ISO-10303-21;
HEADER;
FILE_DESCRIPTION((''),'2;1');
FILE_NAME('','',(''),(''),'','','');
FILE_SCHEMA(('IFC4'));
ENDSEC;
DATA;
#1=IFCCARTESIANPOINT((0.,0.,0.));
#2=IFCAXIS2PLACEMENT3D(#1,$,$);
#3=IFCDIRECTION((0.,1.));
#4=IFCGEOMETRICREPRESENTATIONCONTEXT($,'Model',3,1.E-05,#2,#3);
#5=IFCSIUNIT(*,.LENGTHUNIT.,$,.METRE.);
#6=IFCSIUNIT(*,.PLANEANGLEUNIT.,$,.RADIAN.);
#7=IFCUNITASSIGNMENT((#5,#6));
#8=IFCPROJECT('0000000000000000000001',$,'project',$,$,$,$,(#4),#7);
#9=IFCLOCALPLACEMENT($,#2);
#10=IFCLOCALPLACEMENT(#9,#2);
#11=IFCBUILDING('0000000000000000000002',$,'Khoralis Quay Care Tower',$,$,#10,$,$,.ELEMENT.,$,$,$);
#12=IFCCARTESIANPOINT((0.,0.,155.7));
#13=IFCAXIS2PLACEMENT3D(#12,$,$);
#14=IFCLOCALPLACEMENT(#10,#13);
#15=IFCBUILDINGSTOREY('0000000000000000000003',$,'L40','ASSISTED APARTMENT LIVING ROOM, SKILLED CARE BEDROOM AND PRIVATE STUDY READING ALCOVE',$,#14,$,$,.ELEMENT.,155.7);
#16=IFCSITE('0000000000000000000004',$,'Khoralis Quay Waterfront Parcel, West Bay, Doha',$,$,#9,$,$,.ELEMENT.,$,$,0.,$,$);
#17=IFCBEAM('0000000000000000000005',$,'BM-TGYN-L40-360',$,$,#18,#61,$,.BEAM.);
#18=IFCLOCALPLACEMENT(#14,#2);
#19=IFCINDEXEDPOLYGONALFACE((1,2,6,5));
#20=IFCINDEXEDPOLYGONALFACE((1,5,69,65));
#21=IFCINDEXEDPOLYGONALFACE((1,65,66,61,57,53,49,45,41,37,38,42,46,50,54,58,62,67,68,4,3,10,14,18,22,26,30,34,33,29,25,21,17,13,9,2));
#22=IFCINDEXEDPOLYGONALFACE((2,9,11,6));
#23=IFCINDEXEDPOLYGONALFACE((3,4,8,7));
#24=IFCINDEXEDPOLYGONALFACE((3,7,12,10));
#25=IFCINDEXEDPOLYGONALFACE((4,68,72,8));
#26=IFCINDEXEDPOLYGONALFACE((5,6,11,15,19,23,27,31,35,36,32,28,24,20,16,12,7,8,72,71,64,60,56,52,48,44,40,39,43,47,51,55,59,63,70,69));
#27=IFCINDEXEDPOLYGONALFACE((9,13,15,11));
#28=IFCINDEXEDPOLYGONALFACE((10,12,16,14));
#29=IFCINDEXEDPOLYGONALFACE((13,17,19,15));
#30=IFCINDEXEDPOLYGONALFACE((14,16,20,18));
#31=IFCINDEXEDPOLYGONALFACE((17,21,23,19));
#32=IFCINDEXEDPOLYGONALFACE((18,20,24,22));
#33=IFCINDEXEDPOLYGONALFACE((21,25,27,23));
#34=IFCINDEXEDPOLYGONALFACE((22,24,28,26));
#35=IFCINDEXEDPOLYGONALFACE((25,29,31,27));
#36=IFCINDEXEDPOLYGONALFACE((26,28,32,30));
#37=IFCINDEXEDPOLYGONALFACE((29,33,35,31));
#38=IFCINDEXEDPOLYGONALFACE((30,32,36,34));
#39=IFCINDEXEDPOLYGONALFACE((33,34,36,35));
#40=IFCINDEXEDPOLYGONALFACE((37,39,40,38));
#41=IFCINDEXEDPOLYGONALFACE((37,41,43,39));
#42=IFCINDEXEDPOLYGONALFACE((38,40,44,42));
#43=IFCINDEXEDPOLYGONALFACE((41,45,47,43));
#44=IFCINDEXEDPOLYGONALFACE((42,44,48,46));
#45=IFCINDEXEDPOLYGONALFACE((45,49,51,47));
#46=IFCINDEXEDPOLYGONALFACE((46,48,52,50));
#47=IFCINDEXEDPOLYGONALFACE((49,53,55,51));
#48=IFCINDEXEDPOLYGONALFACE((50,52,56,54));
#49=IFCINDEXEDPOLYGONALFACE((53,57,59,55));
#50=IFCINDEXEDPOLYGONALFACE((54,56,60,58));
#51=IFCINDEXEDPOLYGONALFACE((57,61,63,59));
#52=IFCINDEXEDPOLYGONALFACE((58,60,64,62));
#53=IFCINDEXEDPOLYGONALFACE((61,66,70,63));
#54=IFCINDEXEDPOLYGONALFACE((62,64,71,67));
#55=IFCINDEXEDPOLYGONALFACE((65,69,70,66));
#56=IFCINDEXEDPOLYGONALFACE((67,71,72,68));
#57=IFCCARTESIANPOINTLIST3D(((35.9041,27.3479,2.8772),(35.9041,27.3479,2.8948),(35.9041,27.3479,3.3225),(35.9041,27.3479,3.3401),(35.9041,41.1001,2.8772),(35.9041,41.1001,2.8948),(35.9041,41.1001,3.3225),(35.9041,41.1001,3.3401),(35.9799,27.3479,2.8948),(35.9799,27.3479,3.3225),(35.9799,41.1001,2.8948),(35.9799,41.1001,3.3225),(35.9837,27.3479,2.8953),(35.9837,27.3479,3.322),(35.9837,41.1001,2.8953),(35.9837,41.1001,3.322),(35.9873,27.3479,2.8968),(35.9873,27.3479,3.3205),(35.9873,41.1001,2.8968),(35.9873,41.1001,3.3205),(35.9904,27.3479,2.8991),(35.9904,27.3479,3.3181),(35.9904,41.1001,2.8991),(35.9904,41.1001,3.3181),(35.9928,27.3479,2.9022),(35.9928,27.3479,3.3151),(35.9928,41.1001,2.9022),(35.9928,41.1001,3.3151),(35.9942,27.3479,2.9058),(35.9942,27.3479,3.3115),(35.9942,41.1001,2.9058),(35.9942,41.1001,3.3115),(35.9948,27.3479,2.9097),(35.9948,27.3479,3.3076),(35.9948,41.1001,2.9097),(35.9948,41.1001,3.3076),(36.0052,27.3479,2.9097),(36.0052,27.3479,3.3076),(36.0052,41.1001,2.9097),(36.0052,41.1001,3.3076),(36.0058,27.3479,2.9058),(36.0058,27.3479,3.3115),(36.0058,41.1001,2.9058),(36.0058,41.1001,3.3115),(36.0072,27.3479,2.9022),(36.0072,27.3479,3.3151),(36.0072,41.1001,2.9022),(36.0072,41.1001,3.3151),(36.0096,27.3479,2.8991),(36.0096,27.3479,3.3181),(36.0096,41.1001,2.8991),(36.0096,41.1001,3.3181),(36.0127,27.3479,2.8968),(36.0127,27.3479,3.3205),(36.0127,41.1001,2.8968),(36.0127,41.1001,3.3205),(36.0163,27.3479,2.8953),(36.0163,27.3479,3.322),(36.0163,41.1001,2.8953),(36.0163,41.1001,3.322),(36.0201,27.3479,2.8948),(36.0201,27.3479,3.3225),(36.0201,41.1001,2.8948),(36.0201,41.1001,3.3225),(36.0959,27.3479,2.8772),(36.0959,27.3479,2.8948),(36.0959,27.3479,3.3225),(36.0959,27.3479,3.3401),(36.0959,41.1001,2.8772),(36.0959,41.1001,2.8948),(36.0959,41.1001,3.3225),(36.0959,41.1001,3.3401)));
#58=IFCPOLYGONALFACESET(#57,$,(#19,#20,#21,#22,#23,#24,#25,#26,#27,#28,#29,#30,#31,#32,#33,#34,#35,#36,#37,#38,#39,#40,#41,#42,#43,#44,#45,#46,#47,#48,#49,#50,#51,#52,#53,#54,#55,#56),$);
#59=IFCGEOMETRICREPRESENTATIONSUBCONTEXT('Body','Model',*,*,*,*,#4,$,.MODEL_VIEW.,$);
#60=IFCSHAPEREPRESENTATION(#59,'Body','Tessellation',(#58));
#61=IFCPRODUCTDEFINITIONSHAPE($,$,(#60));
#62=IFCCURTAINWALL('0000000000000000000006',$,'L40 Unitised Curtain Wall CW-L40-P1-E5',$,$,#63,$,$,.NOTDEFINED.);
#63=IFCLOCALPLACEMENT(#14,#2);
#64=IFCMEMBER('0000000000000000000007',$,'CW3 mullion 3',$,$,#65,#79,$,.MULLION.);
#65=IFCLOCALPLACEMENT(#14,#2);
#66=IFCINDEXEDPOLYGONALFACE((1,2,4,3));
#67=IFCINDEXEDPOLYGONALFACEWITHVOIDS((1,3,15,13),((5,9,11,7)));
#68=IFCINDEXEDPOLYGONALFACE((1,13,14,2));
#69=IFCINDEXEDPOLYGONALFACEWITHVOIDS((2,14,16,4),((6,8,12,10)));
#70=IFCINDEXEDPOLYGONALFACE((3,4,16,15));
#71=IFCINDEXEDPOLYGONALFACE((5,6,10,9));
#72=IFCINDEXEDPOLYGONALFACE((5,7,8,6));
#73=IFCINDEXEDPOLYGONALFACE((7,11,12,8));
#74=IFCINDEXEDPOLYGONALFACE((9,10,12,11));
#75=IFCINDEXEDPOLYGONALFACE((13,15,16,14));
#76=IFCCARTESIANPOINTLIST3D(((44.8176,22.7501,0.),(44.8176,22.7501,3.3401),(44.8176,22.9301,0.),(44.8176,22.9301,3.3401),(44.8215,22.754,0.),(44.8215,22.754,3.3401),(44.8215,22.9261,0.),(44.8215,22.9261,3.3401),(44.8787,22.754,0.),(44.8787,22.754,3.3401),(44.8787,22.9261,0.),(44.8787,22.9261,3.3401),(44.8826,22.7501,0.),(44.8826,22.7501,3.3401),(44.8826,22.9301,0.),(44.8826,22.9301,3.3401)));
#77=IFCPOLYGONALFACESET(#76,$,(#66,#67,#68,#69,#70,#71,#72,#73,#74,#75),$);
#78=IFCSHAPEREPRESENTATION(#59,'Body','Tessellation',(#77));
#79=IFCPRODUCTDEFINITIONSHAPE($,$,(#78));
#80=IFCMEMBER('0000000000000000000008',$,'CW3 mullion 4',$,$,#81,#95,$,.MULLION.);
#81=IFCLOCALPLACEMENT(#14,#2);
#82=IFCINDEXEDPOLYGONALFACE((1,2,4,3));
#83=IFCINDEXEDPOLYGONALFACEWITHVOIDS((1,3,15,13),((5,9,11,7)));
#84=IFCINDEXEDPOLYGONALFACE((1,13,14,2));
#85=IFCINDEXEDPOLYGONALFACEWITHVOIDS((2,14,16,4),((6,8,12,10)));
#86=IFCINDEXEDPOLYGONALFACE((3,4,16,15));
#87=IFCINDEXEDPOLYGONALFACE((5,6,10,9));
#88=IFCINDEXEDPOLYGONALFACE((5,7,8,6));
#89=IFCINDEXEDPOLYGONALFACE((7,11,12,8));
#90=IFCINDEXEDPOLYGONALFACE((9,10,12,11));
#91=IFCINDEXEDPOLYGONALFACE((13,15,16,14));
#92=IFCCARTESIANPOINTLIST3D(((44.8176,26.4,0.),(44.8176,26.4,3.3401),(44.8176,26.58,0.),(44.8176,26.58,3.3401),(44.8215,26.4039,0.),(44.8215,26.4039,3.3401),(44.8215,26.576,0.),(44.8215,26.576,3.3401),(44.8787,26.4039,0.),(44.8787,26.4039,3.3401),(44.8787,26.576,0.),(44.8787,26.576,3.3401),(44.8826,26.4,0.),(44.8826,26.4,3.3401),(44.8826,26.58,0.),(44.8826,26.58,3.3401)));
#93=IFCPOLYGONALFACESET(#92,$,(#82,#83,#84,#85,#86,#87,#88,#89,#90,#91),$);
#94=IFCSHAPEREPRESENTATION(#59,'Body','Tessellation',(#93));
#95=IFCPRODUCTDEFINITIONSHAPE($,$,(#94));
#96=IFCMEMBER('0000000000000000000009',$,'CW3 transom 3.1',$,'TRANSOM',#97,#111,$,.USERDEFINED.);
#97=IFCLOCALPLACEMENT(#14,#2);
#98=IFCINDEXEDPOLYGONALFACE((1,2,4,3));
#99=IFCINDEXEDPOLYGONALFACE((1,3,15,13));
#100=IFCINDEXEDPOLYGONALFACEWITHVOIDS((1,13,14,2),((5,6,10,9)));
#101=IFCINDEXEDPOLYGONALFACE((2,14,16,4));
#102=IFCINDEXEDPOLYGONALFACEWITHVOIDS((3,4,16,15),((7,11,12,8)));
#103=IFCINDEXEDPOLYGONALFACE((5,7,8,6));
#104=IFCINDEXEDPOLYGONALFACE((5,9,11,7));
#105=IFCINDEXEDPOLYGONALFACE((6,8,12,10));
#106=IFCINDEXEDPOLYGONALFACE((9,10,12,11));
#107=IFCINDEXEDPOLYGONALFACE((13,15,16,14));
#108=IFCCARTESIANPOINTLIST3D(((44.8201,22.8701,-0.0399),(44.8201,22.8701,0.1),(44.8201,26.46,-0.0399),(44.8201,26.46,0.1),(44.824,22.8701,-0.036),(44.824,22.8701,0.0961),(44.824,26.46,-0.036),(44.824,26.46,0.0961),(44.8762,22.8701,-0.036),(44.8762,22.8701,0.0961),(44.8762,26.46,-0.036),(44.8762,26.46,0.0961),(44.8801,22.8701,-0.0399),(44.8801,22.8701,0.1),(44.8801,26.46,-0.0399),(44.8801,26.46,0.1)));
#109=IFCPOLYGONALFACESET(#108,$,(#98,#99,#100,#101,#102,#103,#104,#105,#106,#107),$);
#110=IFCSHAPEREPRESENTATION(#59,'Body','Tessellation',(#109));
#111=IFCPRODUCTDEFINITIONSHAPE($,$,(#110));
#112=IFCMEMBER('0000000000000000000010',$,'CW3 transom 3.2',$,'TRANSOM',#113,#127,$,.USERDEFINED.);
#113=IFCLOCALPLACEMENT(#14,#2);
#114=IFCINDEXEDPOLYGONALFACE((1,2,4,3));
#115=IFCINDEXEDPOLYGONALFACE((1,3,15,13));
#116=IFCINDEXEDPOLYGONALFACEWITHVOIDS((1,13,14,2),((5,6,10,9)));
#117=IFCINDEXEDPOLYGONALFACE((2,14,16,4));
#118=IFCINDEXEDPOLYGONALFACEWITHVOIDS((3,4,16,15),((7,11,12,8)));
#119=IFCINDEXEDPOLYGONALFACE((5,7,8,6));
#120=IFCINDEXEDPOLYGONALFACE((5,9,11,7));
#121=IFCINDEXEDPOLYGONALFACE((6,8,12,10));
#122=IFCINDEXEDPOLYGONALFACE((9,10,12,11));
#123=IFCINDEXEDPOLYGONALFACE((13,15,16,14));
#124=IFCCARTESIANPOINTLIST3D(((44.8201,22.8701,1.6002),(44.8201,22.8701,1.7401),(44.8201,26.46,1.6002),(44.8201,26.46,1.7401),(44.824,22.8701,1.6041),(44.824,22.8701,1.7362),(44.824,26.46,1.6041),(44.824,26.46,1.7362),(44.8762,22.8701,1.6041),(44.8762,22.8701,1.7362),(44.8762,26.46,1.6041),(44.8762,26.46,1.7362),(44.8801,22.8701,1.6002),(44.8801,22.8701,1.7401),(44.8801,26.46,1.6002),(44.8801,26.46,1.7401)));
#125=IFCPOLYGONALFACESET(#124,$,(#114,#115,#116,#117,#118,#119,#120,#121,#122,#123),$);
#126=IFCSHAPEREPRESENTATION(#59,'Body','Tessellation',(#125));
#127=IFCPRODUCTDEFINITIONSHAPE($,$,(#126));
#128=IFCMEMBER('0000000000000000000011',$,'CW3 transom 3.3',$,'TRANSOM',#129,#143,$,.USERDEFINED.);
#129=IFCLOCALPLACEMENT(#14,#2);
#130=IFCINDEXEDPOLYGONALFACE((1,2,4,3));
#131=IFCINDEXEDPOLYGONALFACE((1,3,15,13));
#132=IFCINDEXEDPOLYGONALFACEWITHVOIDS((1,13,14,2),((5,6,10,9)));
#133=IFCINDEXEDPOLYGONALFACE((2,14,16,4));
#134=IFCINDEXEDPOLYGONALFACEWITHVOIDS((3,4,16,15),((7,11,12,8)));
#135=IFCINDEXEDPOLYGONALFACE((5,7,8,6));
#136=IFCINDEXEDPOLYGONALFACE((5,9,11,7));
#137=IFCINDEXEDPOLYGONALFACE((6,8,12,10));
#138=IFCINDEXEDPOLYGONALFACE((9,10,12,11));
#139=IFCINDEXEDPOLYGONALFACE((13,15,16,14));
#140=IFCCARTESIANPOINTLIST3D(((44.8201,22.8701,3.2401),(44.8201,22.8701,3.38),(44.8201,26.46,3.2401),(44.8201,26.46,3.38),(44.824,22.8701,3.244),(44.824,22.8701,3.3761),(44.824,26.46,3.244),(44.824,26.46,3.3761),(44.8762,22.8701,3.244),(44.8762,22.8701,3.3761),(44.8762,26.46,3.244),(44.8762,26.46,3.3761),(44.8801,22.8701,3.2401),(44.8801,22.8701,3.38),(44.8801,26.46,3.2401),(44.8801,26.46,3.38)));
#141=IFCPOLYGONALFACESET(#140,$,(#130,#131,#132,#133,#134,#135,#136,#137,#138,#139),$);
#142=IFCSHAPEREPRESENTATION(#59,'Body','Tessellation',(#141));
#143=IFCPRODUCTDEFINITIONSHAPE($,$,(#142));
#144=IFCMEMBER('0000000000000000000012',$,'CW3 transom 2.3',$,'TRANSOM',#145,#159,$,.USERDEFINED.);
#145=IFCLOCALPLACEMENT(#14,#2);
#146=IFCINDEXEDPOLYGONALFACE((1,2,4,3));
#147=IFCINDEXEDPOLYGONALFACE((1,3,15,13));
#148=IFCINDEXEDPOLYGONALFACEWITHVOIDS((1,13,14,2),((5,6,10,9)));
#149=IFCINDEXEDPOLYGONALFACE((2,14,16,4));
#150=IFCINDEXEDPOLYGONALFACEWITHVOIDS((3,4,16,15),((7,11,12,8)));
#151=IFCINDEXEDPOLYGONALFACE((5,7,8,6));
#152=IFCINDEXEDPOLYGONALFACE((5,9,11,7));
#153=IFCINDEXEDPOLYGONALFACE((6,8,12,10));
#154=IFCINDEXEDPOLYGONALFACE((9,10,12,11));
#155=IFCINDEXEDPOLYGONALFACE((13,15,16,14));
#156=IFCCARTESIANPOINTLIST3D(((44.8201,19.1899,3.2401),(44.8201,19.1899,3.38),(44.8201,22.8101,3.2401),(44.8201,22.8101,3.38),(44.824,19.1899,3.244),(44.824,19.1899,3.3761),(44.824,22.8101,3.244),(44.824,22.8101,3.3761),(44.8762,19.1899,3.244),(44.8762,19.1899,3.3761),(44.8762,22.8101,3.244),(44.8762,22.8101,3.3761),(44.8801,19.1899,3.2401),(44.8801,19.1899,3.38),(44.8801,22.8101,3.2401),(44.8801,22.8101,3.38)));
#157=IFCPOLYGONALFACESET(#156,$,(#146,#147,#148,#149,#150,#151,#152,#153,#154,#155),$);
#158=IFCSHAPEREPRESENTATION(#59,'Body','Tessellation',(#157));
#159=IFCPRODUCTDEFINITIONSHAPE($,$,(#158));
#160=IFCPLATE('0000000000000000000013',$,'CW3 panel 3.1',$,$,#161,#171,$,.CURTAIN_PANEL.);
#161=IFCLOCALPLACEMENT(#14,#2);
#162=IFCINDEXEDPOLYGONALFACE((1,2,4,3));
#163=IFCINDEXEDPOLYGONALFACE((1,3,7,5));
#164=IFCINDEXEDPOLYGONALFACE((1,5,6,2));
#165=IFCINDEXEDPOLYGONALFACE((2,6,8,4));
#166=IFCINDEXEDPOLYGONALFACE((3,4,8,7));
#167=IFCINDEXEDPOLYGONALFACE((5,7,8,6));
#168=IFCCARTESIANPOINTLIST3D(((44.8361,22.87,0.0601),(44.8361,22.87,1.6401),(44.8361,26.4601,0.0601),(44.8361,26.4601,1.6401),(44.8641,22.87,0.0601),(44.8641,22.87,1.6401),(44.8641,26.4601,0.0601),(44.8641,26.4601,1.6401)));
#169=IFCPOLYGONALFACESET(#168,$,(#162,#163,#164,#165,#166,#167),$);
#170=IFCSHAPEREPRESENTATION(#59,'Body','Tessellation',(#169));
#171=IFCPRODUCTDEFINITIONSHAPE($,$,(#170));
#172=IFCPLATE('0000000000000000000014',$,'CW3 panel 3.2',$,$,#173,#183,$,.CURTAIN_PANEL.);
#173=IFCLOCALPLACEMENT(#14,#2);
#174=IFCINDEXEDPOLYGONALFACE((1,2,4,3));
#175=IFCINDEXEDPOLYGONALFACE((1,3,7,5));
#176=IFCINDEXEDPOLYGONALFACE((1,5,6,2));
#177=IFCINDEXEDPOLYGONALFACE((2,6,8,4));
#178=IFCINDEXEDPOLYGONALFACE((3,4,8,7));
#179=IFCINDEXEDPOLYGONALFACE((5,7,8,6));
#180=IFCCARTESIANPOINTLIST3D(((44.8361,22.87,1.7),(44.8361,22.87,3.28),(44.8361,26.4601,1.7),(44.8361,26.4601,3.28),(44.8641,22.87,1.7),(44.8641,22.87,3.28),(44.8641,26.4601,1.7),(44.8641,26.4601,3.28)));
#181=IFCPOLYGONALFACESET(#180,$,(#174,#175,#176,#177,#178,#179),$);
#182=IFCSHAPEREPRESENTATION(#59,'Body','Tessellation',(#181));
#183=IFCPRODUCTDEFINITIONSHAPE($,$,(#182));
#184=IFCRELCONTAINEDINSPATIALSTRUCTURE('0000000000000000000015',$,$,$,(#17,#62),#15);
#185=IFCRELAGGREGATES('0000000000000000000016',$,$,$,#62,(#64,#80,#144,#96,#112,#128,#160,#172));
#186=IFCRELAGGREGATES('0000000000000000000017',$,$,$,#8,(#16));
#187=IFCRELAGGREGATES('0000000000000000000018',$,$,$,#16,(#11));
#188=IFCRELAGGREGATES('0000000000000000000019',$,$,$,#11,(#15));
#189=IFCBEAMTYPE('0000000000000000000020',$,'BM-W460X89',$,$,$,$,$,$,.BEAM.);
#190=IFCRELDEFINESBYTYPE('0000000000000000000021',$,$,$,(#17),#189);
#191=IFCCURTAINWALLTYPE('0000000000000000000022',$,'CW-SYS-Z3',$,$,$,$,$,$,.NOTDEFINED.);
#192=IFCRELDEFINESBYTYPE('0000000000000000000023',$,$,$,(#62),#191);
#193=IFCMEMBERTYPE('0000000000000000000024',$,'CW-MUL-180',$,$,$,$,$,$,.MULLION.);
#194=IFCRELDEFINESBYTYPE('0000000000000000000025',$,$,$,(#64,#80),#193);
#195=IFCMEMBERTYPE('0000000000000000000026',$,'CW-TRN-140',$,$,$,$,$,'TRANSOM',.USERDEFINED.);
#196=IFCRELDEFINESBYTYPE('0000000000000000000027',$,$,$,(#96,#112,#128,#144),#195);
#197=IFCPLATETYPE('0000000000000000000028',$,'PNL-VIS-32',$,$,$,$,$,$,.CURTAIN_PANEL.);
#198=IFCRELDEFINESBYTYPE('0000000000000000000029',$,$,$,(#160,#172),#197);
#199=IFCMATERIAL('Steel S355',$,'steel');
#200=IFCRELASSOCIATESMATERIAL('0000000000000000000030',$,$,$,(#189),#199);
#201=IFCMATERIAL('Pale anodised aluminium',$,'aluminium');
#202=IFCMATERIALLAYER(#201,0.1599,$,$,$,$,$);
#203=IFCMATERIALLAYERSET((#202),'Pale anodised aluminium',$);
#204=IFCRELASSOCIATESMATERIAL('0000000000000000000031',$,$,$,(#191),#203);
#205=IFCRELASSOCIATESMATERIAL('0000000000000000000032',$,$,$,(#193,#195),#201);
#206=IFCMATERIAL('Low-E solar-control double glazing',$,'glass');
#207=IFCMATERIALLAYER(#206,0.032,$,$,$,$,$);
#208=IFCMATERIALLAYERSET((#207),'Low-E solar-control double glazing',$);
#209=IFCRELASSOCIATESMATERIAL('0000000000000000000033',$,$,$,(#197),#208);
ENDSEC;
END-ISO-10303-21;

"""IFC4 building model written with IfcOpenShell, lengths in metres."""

from ifc_helpers import new_model, si_unit, direction, frame, origin, origin_2d, place, context, subcontext, project, spatial, rectangle, hollow_rectangle, i_section, extrude, source, transform, mapped, material, layer, layer_set, material_profile, profile_set, type_object, element, aggregate, save


model = new_model("IFC4")

# Units and contexts
model_context = context("Model", 3, precision=1e-05, world=origin(), true_north=direction((0.0, 1.0)))
body_context = subcontext(model_context, "Body", "Model", "MODEL_VIEW")
ifc_project = project(units=[si_unit("LENGTHUNIT", "METRE"), si_unit("PLANEANGLEUNIT", "RADIAN")], contexts=[model_context])

# Site, building, storey
site_placement = place(None, origin())
site = spatial("IfcSite", under=ifc_project, at=site_placement, Name="Khoralis Quay Waterfront Parcel, West Bay, Doha", CompositionType="ELEMENT", RefElevation=0.0)
building_placement = place(site_placement, origin())
building = spatial("IfcBuilding", under=site, at=building_placement, Name="Khoralis Quay Care Tower", CompositionType="ELEMENT")
storey_placement = place(building_placement, frame((0.0, 0.0, 155.7)))
storey = spatial("IfcBuildingStorey", under=building, at=storey_placement, Name="L40", Description="ASSISTED APARTMENT LIVING ROOM, SKILLED CARE BEDROOM AND PRIVATE STUDY READING ALCOVE", CompositionType="ELEMENT", Elevation=155.7)

# Beam
ifc_material_1 = material(Name="Steel S355", Category="steel")
ifc_material_profile_1 = material_profile(ifc_material_1, i_section(OverallWidth=0.1919, OverallDepth=0.4629, WebThickness=0.0105, FlangeThickness=0.0176, FilletRadius=0.0149, at=origin_2d()), Name="Steel S355")
ifc_profile_set_1 = profile_set([ifc_material_profile_1], Name="Steel S355")
beam_type_1 = type_object("IfcBeamType", Name="BM-W460X89", PredefinedType="BEAM", material=ifc_profile_set_1)
shared_shape_1 = source(origin(), body_context, "Body", "SweptSolid", [
    extrude(i_section(OverallWidth=0.1919, OverallDepth=0.4629, WebThickness=0.0105, FlangeThickness=0.0176, FilletRadius=0.0149, at=origin_2d()), origin(), (0.0, 0.0, 1.0), 13.7522),
])
beam_1_placement = place(storey_placement, frame((36.0, 27.3479, 3.1086), z_axis=(0.0, 1.0, 0.0), x_axis=(-1.0, 0.0, 0.0)))
element("IfcBeam", 1, at=beam_1_placement, inside=storey, type_object=beam_type_1, Name="BM-TGYN-L40-360", PredefinedType="BEAM", context=body_context, shape_type="MappedRepresentation", body=[
    mapped(shared_shape_1, transform((0.0, 0.0, 0.0), scale=1.0)),
])

# Curtain wall, members, plates
ifc_material_2 = material(Name="Pale anodised aluminium", Category="aluminium")
ifc_layer_1 = layer(ifc_material_2, 0.1599)
ifc_layer_set_1 = layer_set([ifc_layer_1], Name="Pale anodised aluminium")
curtain_wall_type = type_object("IfcCurtainWallType", Name="CW-SYS-Z3", PredefinedType="NOTDEFINED", material=ifc_layer_set_1)
curtain_wall_placement = place(storey_placement, origin())
curtain_wall = element("IfcCurtainWall", 2, at=curtain_wall_placement, inside=storey, type_object=curtain_wall_type, Name="L40 Unitised Curtain Wall CW-L40-P1-E5", PredefinedType="NOTDEFINED")
ifc_material_profile_2 = material_profile(ifc_material_2, hollow_rectangle(XDim=0.0649, YDim=0.1799, WallThickness=0.0039, at=origin_2d()), Name="Pale anodised aluminium")
ifc_profile_set_2 = profile_set([ifc_material_profile_2], Name="Pale anodised aluminium")
member_type_1 = type_object("IfcMemberType", Name="CW-MUL-180", PredefinedType="MULLION", material=ifc_profile_set_2)
shared_shape_2 = source(origin(), body_context, "Body", "SweptSolid", [
    extrude(hollow_rectangle(XDim=0.0649, YDim=0.1799, WallThickness=0.0039, at=origin_2d()), origin(), (0.0, 0.0, 1.0), 3.3401),
])
member_1_placement = place(storey_placement, frame((44.8501, 22.8401, 0.0), z_axis=(0.0, 0.0, 1.0), x_axis=(-1.0, 0.0, 0.0)))
member_1 = element("IfcMember", 3, at=member_1_placement, type_object=member_type_1, Name="CW3 mullion 3", PredefinedType="MULLION", context=body_context, shape_type="MappedRepresentation", body=[
    mapped(shared_shape_2, transform((0.0, 0.0, 0.0), scale=1.0)),
])
member_2_placement = place(storey_placement, frame((44.8501, 26.49, 0.0), z_axis=(0.0, 0.0, 1.0), x_axis=(-1.0, 0.0, 0.0)))
member_2 = element("IfcMember", 4, at=member_2_placement, type_object=member_type_1, Name="CW3 mullion 4", PredefinedType="MULLION", context=body_context, shape_type="MappedRepresentation", body=[
    mapped(shared_shape_2, transform((0.0, 0.0, 0.0), scale=1.0)),
])
ifc_material_profile_3 = material_profile(ifc_material_2, hollow_rectangle(XDim=0.0601, YDim=0.1399, WallThickness=0.0039, at=origin_2d()), Name="Pale anodised aluminium")
ifc_profile_set_3 = profile_set([ifc_material_profile_3], Name="Pale anodised aluminium")
member_type_2 = type_object("IfcMemberType", Name="CW-TRN-140", ElementType="TRANSOM", PredefinedType="USERDEFINED", material=ifc_profile_set_3)
shared_shape_3 = source(origin(), body_context, "Body", "SweptSolid", [
    extrude(hollow_rectangle(XDim=0.0601, YDim=0.1399, WallThickness=0.0039, at=origin_2d()), origin(), (0.0, 0.0, 1.0), 3.5898),
])
member_3_placement = place(storey_placement, frame((44.8501, 22.8701, 0.03), z_axis=(0.0, 1.0, 0.0), x_axis=(-1.0, 0.0, 0.0)))
member_3 = element("IfcMember", 5, at=member_3_placement, type_object=member_type_2, Name="CW3 transom 3.1", ObjectType="TRANSOM", PredefinedType="USERDEFINED", context=body_context, shape_type="MappedRepresentation", body=[
    mapped(shared_shape_3, transform((0.0, 0.0, 0.0), scale=1.0)),
])
member_4_placement = place(storey_placement, frame((44.8501, 22.8701, 1.6702), z_axis=(0.0, 1.0, 0.0), x_axis=(-1.0, 0.0, 0.0)))
member_4 = element("IfcMember", 6, at=member_4_placement, type_object=member_type_2, Name="CW3 transom 3.2", ObjectType="TRANSOM", PredefinedType="USERDEFINED", context=body_context, shape_type="MappedRepresentation", body=[
    mapped(shared_shape_3, transform((0.0, 0.0, 0.0), scale=1.0)),
])
member_5_placement = place(storey_placement, frame((44.8501, 22.8701, 3.3101), z_axis=(0.0, 1.0, 0.0), x_axis=(-1.0, 0.0, 0.0)))
member_5 = element("IfcMember", 7, at=member_5_placement, type_object=member_type_2, Name="CW3 transom 3.3", ObjectType="TRANSOM", PredefinedType="USERDEFINED", context=body_context, shape_type="MappedRepresentation", body=[
    mapped(shared_shape_3, transform((0.0, 0.0, 0.0), scale=1.0)),
])
shared_shape_4 = source(origin(), body_context, "Body", "SweptSolid", [
    extrude(hollow_rectangle(XDim=0.0601, YDim=0.1399, WallThickness=0.0039, at=origin_2d()), origin(), (0.0, 0.0, 1.0), 3.6201),
])
member_6_placement = place(storey_placement, frame((44.8501, 19.1899, 3.3101), z_axis=(0.0, 1.0, 0.0), x_axis=(-1.0, 0.0, 0.0)))
member_6 = element("IfcMember", 8, at=member_6_placement, type_object=member_type_2, Name="CW3 transom 2.3", ObjectType="TRANSOM", PredefinedType="USERDEFINED", context=body_context, shape_type="MappedRepresentation", body=[
    mapped(shared_shape_4, transform((0.0, 0.0, 0.0), scale=1.0)),
])
ifc_material_3 = material(Name="Low-E solar-control double glazing", Category="glass")
ifc_layer_2 = layer(ifc_material_3, 0.032)
ifc_layer_set_2 = layer_set([ifc_layer_2], Name="Low-E solar-control double glazing")
plate_type = type_object("IfcPlateType", Name="PNL-VIS-32", PredefinedType="CURTAIN_PANEL", material=ifc_layer_set_2)
shared_shape_5 = source(origin(), body_context, "Body", "SweptSolid", [
    extrude(rectangle(XDim=3.5901, YDim=0.0281, at=origin_2d()), origin(), (0.0, 0.0, 1.0), 1.5801),
])
plate_1_placement = place(storey_placement, frame((44.8501, 24.665, 0.0601), z_axis=(0.0, 0.0, 1.0), x_axis=(0.0, 1.0, 0.0)))
plate_1 = element("IfcPlate", 9, at=plate_1_placement, type_object=plate_type, Name="CW3 panel 3.1", PredefinedType="CURTAIN_PANEL", context=body_context, shape_type="MappedRepresentation", body=[
    mapped(shared_shape_5, transform((0.0, 0.0, 0.0), scale=1.0)),
])
plate_2_placement = place(storey_placement, frame((44.8501, 24.665, 1.7), z_axis=(0.0, 0.0, 1.0), x_axis=(0.0, 1.0, 0.0)))
plate_2 = element("IfcPlate", 10, at=plate_2_placement, type_object=plate_type, Name="CW3 panel 3.2", PredefinedType="CURTAIN_PANEL", context=body_context, shape_type="MappedRepresentation", body=[
    mapped(shared_shape_5, transform((0.0, 0.0, 0.0), scale=1.0)),
])
aggregate(curtain_wall, [member_1, member_2, member_6, member_3, member_4, member_5, plate_1, plate_2])

save(model, "model.ifc")
